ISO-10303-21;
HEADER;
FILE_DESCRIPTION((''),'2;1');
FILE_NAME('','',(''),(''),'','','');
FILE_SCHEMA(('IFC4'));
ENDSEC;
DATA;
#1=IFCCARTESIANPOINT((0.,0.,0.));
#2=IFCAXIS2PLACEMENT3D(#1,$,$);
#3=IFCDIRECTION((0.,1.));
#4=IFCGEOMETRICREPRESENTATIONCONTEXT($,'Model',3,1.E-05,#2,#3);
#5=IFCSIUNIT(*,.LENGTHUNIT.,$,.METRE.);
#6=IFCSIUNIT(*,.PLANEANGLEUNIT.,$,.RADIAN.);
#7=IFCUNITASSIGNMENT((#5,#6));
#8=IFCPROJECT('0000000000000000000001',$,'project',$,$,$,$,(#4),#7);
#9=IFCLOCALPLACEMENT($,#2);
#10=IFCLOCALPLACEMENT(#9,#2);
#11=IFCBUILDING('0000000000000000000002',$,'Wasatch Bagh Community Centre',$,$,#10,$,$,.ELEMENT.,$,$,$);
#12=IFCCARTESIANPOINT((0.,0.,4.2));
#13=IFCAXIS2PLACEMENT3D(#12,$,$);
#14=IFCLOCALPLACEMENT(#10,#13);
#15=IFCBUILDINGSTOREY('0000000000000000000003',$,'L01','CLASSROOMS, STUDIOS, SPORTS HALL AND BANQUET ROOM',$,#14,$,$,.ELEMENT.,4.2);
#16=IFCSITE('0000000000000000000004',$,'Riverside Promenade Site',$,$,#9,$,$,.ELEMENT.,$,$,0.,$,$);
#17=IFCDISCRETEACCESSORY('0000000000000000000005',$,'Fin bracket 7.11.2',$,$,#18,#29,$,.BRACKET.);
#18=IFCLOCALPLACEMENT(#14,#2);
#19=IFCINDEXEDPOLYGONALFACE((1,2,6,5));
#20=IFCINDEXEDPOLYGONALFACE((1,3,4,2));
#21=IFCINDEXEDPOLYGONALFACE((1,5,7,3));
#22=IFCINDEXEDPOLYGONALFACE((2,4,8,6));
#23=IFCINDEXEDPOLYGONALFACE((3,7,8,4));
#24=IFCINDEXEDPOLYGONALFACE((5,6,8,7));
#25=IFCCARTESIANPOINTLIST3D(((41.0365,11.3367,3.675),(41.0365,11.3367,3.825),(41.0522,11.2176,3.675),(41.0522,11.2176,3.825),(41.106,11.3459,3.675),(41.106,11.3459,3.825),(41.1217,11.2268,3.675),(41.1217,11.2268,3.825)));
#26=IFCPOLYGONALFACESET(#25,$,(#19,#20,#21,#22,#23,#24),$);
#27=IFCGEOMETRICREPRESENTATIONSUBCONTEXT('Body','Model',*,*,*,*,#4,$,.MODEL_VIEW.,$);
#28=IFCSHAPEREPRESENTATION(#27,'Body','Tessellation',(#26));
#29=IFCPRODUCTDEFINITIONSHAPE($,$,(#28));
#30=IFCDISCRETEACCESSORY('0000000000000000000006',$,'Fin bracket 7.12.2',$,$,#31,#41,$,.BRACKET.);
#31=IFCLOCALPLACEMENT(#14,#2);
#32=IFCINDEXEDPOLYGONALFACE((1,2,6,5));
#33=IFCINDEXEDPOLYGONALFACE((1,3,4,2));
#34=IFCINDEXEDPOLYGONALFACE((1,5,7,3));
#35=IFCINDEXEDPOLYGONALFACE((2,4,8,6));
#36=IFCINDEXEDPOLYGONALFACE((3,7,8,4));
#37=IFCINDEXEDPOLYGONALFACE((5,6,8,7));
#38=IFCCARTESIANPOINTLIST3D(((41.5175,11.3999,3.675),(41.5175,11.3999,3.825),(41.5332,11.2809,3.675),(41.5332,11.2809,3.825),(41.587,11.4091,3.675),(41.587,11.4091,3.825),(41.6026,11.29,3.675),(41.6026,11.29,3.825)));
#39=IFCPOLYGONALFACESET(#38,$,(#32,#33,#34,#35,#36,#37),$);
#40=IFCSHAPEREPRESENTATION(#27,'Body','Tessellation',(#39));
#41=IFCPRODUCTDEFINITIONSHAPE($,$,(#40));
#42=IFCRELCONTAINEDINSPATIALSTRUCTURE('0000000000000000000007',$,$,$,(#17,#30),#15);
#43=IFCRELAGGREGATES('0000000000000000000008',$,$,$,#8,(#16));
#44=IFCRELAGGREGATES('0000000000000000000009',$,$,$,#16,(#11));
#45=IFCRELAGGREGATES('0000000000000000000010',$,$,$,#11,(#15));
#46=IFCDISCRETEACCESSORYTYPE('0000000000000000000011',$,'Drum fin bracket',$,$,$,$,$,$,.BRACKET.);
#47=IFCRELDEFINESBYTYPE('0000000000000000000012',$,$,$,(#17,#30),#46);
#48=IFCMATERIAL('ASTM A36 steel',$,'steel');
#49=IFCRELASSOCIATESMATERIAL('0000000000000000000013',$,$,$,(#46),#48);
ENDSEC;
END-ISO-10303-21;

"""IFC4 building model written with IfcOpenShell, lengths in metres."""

from ifc_helpers import new_model, si_unit, direction, frame, origin, origin_2d, place, context, subcontext, project, spatial, rectangle, extrude, material, type_object, element, save


model = new_model("IFC4")

# Units and contexts
model_context = context("Model", 3, precision=1e-05, world=origin(), true_north=direction((0.0, 1.0)))
body_context = subcontext(model_context, "Body", "Model", "MODEL_VIEW")
ifc_project = project(units=[si_unit("LENGTHUNIT", "METRE"), si_unit("PLANEANGLEUNIT", "RADIAN")], contexts=[model_context])

# Site, building, storey
site_placement = place(None, origin())
site = spatial("IfcSite", under=ifc_project, at=site_placement, Name="Riverside Promenade Site", CompositionType="ELEMENT", RefElevation=0.0)
building_placement = place(site_placement, origin())
building = spatial("IfcBuilding", under=site, at=building_placement, Name="Wasatch Bagh Community Centre", CompositionType="ELEMENT")
storey_placement = place(building_placement, frame((0.0, 0.0, 4.2)))
storey = spatial("IfcBuildingStorey", under=building, at=storey_placement, Name="L01", Description="CLASSROOMS, STUDIOS, SPORTS HALL AND BANQUET ROOM", CompositionType="ELEMENT", Elevation=4.2)

# Discrete accessories
ifc_material_1 = material(Name="ASTM A36 steel", Category="steel")
discrete_accessory_type = type_object("IfcDiscreteAccessoryType", Name="Drum fin bracket", PredefinedType="BRACKET", material=ifc_material_1)
for number, where, z_axis, x_axis, name in (
    (1, (41.0791, 11.2817, 3.675), (0.0, 0.0, 1.0), (0.991445, 0.130526, 0.0), "Fin bracket 7.11.2"),
    (2, (41.5601, 11.345, 3.675), (0.0, 0.0, 1.0), (0.991445, 0.130526, 0.0), "Fin bracket 7.12.2"),
):
    element("IfcDiscreteAccessory", number, at=place(storey_placement, frame(where, z_axis=z_axis, x_axis=x_axis)), inside=storey, type_object=discrete_accessory_type, Name=name, PredefinedType="BRACKET", context=body_context, shape_type="SweptSolid", body=[
        extrude(rectangle(XDim=0.0701, YDim=0.1201, at=origin_2d()), origin(), (0.0, 0.0, 1.0), 0.1499),
    ])

save(model, "model.ifc")
